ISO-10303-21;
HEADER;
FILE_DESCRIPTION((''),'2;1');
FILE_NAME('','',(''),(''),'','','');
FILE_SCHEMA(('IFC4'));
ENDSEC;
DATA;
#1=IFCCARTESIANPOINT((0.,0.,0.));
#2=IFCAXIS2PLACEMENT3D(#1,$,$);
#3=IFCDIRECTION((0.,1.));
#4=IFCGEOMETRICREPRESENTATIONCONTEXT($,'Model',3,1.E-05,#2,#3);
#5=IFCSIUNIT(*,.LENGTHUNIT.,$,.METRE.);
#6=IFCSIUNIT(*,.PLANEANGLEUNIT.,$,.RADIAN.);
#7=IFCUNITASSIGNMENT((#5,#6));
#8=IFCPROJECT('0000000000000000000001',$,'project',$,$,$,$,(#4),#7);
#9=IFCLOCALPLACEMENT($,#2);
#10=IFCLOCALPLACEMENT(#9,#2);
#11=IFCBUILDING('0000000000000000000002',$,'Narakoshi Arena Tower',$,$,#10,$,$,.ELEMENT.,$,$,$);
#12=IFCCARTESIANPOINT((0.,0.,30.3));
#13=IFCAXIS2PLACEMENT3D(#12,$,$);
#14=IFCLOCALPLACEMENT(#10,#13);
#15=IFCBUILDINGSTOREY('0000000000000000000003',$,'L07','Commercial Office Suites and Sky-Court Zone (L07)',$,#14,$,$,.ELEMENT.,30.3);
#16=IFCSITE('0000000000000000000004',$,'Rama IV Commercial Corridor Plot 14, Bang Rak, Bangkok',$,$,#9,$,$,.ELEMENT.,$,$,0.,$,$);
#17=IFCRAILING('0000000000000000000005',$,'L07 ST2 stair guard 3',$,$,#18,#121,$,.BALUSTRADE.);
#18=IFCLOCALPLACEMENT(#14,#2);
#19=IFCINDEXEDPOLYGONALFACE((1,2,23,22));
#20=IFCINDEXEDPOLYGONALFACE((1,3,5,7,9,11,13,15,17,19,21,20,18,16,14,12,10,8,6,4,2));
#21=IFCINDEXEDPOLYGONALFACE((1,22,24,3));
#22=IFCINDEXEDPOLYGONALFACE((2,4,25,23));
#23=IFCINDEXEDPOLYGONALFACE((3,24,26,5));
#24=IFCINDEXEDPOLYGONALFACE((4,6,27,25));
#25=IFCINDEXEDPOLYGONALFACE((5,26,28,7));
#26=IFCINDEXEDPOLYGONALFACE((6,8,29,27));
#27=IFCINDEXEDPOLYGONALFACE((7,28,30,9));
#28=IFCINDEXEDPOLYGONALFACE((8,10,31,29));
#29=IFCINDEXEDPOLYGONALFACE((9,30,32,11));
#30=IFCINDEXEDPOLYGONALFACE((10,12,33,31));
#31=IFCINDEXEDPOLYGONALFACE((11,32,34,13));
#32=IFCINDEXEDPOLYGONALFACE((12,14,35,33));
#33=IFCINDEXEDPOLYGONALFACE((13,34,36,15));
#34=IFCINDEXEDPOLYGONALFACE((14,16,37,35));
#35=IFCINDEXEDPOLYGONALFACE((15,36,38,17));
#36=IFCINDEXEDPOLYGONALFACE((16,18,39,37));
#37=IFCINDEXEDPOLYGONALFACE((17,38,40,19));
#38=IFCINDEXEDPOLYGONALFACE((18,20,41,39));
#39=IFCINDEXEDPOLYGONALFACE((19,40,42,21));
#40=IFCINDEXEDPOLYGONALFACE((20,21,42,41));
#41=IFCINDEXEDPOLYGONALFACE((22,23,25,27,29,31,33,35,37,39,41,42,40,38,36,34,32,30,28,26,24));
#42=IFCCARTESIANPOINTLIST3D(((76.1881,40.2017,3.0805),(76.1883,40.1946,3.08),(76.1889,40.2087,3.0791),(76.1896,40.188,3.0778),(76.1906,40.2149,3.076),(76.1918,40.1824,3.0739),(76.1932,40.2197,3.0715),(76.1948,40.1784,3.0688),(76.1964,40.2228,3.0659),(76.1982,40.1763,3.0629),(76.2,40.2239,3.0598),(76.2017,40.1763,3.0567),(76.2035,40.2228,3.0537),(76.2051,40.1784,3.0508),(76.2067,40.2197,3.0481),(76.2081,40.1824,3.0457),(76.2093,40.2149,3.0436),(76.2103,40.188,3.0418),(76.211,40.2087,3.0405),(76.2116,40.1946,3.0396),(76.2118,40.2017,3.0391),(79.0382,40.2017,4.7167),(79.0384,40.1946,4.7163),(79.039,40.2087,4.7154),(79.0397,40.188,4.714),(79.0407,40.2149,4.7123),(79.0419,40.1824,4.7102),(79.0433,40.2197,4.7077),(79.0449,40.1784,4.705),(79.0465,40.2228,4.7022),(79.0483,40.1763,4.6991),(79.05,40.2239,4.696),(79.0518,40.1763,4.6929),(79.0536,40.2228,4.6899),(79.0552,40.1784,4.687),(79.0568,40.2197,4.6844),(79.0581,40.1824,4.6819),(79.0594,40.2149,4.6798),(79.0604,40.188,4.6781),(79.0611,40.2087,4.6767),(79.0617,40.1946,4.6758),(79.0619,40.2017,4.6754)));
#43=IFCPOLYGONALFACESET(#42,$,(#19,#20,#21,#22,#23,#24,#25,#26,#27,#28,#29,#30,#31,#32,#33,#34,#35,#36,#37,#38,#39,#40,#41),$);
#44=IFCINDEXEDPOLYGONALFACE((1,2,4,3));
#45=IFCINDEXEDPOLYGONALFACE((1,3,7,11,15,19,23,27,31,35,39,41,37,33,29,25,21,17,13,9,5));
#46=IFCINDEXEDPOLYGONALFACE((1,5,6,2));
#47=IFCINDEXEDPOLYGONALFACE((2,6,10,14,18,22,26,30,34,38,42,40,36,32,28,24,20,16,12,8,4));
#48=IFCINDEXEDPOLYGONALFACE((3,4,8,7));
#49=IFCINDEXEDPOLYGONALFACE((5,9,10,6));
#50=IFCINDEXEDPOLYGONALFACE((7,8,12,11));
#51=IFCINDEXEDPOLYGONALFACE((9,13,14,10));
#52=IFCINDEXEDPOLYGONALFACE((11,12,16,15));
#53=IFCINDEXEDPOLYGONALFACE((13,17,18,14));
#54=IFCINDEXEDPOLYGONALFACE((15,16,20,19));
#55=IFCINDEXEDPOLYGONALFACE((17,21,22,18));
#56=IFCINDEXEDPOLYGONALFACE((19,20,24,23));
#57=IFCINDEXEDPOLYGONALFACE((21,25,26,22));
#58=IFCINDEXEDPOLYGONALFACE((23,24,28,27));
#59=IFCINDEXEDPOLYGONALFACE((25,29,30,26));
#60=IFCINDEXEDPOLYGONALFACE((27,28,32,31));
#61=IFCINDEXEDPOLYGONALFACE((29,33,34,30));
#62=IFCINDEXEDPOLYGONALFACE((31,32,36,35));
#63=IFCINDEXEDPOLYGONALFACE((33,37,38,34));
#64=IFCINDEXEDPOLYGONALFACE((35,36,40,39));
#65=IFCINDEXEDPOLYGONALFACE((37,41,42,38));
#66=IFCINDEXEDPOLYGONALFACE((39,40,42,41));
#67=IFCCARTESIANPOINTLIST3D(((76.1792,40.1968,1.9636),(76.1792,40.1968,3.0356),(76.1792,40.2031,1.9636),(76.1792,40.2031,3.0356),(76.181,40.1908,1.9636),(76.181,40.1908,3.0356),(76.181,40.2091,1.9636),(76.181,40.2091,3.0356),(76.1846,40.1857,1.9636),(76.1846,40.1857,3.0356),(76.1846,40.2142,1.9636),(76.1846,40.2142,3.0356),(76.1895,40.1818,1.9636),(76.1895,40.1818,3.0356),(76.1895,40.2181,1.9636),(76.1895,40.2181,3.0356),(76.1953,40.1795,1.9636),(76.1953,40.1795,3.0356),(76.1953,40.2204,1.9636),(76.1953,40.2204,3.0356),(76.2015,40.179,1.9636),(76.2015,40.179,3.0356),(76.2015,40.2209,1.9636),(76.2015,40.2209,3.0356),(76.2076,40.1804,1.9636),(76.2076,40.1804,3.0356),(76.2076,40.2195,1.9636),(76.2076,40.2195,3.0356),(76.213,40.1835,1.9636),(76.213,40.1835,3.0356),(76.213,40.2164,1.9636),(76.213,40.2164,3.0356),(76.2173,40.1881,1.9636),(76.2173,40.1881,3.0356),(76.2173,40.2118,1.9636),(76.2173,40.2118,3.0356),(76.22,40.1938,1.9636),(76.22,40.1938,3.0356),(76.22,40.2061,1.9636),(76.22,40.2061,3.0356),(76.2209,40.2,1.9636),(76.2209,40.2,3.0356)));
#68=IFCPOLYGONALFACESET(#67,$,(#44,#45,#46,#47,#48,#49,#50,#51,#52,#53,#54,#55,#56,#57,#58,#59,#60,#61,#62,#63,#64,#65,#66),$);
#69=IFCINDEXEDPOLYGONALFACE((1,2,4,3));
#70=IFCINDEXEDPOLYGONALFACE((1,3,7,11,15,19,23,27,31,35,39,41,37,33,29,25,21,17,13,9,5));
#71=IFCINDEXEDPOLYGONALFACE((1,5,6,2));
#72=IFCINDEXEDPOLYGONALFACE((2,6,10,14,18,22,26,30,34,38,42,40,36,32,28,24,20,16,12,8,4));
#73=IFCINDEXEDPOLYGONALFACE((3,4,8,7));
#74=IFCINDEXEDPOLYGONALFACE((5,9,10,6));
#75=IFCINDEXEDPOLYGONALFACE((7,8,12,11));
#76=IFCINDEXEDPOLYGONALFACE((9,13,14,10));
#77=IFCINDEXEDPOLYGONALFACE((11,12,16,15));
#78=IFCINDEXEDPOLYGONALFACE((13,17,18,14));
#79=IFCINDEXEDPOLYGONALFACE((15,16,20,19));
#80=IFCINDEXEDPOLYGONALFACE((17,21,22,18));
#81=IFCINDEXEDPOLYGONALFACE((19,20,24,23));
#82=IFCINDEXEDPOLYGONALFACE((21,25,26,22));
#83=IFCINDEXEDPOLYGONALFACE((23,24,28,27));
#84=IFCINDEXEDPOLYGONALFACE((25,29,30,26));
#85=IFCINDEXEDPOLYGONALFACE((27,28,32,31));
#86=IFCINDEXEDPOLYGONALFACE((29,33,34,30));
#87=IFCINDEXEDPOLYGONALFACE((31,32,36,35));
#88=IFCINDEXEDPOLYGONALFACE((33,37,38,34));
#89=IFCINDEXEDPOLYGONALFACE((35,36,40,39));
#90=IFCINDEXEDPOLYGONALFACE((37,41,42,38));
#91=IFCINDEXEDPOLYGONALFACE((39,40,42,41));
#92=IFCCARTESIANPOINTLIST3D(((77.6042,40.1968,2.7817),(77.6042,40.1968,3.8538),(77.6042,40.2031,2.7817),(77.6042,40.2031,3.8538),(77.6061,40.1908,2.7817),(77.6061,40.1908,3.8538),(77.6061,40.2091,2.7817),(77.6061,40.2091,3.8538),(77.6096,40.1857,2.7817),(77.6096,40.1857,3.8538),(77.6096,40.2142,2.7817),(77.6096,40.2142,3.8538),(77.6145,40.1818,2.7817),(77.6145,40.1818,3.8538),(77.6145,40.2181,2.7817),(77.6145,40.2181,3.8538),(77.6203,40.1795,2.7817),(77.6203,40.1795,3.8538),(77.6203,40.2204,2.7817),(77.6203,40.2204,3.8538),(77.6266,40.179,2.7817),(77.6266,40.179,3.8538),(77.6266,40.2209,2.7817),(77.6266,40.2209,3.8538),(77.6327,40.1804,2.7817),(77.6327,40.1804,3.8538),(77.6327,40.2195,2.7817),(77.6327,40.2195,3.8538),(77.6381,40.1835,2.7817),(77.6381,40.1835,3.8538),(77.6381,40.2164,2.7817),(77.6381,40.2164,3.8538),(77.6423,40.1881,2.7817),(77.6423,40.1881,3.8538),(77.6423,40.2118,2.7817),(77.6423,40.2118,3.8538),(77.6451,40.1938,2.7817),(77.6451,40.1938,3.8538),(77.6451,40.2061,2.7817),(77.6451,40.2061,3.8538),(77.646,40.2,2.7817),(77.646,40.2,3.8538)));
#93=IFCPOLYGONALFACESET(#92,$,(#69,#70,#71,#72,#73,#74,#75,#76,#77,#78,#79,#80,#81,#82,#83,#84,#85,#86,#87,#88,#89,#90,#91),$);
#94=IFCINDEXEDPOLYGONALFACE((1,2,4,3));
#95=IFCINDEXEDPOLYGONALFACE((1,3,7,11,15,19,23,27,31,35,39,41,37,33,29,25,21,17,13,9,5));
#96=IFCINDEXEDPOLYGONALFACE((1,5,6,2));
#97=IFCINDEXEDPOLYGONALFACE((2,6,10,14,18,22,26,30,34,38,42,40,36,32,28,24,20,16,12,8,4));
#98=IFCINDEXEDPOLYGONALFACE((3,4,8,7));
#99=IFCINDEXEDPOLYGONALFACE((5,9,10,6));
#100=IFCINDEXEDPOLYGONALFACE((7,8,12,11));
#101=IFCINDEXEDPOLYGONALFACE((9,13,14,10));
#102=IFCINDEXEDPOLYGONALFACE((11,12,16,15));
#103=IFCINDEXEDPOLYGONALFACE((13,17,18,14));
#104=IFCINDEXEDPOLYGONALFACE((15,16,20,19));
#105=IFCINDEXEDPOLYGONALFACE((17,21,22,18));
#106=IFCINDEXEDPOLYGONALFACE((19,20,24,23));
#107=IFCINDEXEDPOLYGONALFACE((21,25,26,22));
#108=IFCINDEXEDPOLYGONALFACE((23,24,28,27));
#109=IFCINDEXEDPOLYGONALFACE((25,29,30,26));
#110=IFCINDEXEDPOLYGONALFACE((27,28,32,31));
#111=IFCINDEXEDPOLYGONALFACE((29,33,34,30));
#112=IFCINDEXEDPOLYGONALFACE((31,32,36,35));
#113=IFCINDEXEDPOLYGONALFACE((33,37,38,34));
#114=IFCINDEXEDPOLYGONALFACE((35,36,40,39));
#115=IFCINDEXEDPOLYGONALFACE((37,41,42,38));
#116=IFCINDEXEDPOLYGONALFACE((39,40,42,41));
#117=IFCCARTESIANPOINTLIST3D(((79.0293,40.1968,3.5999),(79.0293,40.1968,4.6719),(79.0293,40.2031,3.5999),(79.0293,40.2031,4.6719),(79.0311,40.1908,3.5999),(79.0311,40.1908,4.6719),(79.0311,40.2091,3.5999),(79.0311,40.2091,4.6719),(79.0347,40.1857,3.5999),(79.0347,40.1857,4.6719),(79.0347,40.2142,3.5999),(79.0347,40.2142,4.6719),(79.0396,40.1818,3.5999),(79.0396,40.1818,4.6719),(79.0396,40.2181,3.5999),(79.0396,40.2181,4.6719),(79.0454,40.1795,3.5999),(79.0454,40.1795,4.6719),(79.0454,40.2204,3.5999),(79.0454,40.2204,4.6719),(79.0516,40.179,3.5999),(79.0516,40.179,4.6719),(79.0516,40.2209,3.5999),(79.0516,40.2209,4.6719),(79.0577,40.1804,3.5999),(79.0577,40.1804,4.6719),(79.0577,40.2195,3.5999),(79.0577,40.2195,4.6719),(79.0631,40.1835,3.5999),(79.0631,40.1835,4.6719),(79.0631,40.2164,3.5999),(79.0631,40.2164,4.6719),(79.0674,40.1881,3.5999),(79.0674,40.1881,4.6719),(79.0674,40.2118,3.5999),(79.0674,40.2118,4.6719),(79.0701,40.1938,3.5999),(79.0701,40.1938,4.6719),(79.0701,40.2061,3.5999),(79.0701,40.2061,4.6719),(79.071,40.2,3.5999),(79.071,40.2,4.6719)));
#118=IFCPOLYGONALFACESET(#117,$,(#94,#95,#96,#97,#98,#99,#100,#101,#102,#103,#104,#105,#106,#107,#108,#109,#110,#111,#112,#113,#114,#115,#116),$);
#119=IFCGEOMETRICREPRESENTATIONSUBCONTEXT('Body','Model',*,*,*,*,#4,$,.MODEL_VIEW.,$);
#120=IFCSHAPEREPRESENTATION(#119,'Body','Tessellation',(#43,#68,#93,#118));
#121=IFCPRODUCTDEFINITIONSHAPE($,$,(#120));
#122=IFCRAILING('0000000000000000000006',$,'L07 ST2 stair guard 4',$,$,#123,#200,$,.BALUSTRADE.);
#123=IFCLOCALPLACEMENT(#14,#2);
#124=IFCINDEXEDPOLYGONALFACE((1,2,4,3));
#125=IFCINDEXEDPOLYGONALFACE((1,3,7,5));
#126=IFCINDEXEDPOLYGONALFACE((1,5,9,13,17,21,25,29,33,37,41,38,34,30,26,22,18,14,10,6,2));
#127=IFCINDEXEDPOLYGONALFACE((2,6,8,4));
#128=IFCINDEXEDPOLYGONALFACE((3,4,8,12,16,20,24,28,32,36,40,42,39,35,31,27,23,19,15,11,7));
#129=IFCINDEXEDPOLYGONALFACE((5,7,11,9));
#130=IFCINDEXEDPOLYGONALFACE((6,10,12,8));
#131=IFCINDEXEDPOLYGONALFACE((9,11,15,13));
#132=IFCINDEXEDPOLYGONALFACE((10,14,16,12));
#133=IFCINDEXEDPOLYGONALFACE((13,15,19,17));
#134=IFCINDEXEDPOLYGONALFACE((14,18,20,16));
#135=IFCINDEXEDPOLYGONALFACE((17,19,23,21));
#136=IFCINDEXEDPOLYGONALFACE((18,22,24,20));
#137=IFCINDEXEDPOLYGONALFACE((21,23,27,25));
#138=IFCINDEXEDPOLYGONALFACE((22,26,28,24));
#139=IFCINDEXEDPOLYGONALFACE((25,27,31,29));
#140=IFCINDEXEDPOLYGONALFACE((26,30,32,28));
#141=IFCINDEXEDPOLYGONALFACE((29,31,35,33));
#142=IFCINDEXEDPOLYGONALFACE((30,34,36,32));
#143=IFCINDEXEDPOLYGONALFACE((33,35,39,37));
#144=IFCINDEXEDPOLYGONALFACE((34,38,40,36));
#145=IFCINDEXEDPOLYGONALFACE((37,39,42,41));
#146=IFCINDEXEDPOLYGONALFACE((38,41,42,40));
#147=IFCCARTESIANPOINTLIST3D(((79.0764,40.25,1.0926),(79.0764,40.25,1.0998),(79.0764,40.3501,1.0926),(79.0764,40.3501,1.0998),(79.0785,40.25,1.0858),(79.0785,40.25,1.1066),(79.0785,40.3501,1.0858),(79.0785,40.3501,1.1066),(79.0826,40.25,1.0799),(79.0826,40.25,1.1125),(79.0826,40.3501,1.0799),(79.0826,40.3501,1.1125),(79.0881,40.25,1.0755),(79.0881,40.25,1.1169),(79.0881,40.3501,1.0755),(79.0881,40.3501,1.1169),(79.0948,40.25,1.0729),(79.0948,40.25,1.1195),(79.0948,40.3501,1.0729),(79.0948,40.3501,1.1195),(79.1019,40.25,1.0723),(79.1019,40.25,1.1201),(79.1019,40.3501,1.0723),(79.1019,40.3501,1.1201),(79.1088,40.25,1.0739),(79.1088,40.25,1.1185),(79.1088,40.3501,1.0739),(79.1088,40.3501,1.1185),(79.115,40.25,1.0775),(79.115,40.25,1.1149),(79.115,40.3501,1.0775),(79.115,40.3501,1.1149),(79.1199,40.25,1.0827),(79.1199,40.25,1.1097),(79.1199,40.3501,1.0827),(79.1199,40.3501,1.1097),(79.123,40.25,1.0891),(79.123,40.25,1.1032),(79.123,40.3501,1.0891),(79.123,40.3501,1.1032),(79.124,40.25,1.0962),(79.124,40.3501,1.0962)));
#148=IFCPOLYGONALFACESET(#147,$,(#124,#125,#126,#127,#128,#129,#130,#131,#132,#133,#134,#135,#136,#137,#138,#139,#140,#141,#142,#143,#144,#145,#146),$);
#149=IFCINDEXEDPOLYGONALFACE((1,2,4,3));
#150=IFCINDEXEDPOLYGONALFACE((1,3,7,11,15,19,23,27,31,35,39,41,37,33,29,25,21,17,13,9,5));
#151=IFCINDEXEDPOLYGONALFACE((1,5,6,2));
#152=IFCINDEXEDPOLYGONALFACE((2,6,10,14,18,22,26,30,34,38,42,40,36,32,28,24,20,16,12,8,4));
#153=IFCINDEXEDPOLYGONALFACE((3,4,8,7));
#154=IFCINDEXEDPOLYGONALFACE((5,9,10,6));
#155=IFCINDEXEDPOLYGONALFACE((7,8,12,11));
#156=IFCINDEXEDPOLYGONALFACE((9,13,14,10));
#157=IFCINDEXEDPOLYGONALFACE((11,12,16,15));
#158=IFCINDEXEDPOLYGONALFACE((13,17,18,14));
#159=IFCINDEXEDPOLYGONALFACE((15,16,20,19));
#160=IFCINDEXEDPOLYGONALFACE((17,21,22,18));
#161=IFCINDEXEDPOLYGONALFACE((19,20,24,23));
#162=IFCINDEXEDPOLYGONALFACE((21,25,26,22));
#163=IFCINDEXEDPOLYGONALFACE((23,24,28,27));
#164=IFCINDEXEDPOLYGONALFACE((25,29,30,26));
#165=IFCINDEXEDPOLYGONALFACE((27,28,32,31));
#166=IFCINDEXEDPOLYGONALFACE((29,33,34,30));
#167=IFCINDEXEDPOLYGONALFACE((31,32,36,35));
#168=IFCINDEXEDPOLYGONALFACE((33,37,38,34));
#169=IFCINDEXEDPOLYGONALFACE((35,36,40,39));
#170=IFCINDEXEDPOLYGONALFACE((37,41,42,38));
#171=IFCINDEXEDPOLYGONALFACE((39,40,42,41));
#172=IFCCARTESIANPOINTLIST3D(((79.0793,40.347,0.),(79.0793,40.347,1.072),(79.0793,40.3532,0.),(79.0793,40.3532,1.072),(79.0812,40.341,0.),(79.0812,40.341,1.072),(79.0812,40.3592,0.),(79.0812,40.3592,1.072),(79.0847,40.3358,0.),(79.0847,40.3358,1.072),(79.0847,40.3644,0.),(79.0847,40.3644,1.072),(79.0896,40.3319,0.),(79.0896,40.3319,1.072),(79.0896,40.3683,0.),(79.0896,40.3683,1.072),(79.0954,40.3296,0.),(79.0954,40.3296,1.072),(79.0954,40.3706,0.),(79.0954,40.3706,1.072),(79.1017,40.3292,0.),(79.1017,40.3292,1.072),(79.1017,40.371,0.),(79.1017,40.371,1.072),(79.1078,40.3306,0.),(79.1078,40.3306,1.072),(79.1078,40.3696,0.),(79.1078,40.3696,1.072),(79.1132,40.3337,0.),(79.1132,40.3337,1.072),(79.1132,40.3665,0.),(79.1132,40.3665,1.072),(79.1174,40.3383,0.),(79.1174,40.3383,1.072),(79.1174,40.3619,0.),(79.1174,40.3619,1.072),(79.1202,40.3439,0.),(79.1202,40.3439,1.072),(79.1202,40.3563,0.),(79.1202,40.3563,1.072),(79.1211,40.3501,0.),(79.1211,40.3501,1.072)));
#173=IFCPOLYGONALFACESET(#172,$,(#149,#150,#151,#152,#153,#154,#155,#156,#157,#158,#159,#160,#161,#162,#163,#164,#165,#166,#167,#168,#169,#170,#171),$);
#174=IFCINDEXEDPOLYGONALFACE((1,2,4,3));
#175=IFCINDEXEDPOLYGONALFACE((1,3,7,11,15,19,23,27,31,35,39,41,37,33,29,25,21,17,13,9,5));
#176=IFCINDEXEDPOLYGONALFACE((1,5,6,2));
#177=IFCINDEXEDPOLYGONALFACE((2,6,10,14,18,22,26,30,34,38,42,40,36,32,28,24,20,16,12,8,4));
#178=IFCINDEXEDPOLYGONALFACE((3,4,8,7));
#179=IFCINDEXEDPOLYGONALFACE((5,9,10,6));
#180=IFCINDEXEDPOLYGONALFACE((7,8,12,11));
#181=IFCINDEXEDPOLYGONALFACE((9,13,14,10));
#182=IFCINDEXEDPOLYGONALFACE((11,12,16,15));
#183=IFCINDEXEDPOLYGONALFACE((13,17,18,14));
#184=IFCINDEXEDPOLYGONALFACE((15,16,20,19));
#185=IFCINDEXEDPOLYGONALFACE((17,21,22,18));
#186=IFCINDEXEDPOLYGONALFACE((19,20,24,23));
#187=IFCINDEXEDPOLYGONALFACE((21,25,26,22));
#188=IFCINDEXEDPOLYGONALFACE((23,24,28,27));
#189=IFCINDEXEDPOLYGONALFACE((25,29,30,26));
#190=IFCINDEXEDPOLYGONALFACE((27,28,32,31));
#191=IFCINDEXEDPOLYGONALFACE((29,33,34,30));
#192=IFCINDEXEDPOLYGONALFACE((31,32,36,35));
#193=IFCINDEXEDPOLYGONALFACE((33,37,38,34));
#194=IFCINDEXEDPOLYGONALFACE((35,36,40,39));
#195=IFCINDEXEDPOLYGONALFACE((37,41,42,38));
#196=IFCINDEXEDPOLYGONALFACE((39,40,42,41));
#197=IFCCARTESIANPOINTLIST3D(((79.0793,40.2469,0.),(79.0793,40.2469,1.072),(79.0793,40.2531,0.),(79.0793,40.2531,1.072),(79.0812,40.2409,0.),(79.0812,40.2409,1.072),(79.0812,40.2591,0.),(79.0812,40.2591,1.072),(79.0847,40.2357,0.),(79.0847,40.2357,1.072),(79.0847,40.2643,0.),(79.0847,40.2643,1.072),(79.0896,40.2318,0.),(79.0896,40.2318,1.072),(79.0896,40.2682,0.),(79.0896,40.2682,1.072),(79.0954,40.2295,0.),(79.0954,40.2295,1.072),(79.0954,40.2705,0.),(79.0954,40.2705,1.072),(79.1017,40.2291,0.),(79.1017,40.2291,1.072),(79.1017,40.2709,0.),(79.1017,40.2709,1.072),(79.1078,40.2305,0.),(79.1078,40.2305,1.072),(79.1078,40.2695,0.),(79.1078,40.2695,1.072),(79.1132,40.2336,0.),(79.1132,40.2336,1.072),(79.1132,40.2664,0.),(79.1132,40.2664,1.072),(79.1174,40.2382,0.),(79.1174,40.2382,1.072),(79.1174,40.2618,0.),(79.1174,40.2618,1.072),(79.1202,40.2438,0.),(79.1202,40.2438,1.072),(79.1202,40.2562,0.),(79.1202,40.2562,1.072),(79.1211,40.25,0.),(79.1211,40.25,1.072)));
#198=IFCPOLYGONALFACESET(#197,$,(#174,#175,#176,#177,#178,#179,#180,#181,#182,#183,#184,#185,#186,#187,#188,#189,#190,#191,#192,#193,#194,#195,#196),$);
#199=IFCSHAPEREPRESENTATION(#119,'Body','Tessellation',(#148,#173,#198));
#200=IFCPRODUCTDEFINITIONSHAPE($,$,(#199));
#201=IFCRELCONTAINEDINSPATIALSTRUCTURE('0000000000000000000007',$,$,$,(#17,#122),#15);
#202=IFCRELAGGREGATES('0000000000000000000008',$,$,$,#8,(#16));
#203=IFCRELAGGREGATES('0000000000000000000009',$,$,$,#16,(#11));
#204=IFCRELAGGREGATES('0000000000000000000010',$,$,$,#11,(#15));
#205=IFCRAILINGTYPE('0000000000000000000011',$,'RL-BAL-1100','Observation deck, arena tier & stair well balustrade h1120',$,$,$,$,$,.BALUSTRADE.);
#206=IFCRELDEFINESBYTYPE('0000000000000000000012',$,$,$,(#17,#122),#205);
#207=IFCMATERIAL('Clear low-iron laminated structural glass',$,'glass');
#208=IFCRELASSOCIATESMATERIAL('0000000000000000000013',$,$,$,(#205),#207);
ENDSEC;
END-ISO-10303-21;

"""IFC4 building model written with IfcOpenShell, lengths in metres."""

from ifc_helpers import new_model, si_unit, direction, frame, origin, origin_2d, place, context, subcontext, project, spatial, circle, extrude, material, type_object, element, save


model = new_model("IFC4")

# Units and contexts
model_context = context("Model", 3, precision=1e-05, world=origin(), true_north=direction((0.0, 1.0)))
body_context = subcontext(model_context, "Body", "Model", "MODEL_VIEW")
ifc_project = project(units=[si_unit("LENGTHUNIT", "METRE"), si_unit("PLANEANGLEUNIT", "RADIAN")], contexts=[model_context])

# Site, building, storey
site_placement = place(None, origin())
site = spatial("IfcSite", under=ifc_project, at=site_placement, Name="Rama IV Commercial Corridor Plot 14, Bang Rak, Bangkok", CompositionType="ELEMENT", RefElevation=0.0)
building_placement = place(site_placement, origin())
building = spatial("IfcBuilding", under=site, at=building_placement, Name="Narakoshi Arena Tower", CompositionType="ELEMENT")
storey_placement = place(building_placement, frame((0.0, 0.0, 30.3)))
storey = spatial("IfcBuildingStorey", under=building, at=storey_placement, Name="L07", Description="Commercial Office Suites and Sky-Court Zone (L07)", CompositionType="ELEMENT", Elevation=30.3)

# Railings
ifc_material_1 = material(Name="Clear low-iron laminated structural glass", Category="glass")
railing_type_1 = type_object("IfcRailingType", Name="RL-BAL-1100", Description="Observation deck, arena tier & stair well balustrade h1120", PredefinedType="BALUSTRADE", material=ifc_material_1)
railing_1_placement = place(storey_placement, frame((76.2, 40.2, 1.9636)))
element("IfcRailing", 1, at=railing_1_placement, inside=storey, type_object=railing_type_1, Name="L07 ST2 stair guard 3", PredefinedType="BALUSTRADE", context=body_context, shape_type="SweptSolid", body=[
    extrude(circle(Radius=0.0239, at=origin_2d()), frame((0.0, 0.0, 1.0962), z_axis=(0.867245, 0.0, 0.497882), x_axis=(0.0, 1.0, 0.0)), (0.0, 0.0, 1.0), 3.2864),
    extrude(circle(Radius=0.021, at=origin_2d()), origin(), (0.0, 0.0, 1.0), 1.072),
    extrude(circle(Radius=0.021, at=origin_2d()), frame((1.425, 0.0, 0.8181)), (0.0, 0.0, 1.0), 1.072),
    extrude(circle(Radius=0.021, at=origin_2d()), frame((2.8501, 0.0, 1.6362)), (0.0, 0.0, 1.0), 1.072),
])
railing_2_placement = place(storey_placement, frame((79.1001, 40.3501, 0.0)))
element("IfcRailing", 2, at=railing_2_placement, inside=storey, type_object=railing_type_1, Name="L07 ST2 stair guard 4", PredefinedType="BALUSTRADE", context=body_context, shape_type="SweptSolid", body=[
    extrude(circle(Radius=0.0239, at=origin_2d()), frame((0.0, 0.0, 1.0962), z_axis=(0.0, -1.0, 0.0), x_axis=(1.0, 0.0, 0.0)), (0.0, 0.0, 1.0), 0.1001),
    extrude(circle(Radius=0.021, at=origin_2d()), origin(), (0.0, 0.0, 1.0), 1.072),
    extrude(circle(Radius=0.021, at=origin_2d()), frame((0.0, -0.1001, 0.0)), (0.0, 0.0, 1.0), 1.072),
])

save(model, "model.ifc")
